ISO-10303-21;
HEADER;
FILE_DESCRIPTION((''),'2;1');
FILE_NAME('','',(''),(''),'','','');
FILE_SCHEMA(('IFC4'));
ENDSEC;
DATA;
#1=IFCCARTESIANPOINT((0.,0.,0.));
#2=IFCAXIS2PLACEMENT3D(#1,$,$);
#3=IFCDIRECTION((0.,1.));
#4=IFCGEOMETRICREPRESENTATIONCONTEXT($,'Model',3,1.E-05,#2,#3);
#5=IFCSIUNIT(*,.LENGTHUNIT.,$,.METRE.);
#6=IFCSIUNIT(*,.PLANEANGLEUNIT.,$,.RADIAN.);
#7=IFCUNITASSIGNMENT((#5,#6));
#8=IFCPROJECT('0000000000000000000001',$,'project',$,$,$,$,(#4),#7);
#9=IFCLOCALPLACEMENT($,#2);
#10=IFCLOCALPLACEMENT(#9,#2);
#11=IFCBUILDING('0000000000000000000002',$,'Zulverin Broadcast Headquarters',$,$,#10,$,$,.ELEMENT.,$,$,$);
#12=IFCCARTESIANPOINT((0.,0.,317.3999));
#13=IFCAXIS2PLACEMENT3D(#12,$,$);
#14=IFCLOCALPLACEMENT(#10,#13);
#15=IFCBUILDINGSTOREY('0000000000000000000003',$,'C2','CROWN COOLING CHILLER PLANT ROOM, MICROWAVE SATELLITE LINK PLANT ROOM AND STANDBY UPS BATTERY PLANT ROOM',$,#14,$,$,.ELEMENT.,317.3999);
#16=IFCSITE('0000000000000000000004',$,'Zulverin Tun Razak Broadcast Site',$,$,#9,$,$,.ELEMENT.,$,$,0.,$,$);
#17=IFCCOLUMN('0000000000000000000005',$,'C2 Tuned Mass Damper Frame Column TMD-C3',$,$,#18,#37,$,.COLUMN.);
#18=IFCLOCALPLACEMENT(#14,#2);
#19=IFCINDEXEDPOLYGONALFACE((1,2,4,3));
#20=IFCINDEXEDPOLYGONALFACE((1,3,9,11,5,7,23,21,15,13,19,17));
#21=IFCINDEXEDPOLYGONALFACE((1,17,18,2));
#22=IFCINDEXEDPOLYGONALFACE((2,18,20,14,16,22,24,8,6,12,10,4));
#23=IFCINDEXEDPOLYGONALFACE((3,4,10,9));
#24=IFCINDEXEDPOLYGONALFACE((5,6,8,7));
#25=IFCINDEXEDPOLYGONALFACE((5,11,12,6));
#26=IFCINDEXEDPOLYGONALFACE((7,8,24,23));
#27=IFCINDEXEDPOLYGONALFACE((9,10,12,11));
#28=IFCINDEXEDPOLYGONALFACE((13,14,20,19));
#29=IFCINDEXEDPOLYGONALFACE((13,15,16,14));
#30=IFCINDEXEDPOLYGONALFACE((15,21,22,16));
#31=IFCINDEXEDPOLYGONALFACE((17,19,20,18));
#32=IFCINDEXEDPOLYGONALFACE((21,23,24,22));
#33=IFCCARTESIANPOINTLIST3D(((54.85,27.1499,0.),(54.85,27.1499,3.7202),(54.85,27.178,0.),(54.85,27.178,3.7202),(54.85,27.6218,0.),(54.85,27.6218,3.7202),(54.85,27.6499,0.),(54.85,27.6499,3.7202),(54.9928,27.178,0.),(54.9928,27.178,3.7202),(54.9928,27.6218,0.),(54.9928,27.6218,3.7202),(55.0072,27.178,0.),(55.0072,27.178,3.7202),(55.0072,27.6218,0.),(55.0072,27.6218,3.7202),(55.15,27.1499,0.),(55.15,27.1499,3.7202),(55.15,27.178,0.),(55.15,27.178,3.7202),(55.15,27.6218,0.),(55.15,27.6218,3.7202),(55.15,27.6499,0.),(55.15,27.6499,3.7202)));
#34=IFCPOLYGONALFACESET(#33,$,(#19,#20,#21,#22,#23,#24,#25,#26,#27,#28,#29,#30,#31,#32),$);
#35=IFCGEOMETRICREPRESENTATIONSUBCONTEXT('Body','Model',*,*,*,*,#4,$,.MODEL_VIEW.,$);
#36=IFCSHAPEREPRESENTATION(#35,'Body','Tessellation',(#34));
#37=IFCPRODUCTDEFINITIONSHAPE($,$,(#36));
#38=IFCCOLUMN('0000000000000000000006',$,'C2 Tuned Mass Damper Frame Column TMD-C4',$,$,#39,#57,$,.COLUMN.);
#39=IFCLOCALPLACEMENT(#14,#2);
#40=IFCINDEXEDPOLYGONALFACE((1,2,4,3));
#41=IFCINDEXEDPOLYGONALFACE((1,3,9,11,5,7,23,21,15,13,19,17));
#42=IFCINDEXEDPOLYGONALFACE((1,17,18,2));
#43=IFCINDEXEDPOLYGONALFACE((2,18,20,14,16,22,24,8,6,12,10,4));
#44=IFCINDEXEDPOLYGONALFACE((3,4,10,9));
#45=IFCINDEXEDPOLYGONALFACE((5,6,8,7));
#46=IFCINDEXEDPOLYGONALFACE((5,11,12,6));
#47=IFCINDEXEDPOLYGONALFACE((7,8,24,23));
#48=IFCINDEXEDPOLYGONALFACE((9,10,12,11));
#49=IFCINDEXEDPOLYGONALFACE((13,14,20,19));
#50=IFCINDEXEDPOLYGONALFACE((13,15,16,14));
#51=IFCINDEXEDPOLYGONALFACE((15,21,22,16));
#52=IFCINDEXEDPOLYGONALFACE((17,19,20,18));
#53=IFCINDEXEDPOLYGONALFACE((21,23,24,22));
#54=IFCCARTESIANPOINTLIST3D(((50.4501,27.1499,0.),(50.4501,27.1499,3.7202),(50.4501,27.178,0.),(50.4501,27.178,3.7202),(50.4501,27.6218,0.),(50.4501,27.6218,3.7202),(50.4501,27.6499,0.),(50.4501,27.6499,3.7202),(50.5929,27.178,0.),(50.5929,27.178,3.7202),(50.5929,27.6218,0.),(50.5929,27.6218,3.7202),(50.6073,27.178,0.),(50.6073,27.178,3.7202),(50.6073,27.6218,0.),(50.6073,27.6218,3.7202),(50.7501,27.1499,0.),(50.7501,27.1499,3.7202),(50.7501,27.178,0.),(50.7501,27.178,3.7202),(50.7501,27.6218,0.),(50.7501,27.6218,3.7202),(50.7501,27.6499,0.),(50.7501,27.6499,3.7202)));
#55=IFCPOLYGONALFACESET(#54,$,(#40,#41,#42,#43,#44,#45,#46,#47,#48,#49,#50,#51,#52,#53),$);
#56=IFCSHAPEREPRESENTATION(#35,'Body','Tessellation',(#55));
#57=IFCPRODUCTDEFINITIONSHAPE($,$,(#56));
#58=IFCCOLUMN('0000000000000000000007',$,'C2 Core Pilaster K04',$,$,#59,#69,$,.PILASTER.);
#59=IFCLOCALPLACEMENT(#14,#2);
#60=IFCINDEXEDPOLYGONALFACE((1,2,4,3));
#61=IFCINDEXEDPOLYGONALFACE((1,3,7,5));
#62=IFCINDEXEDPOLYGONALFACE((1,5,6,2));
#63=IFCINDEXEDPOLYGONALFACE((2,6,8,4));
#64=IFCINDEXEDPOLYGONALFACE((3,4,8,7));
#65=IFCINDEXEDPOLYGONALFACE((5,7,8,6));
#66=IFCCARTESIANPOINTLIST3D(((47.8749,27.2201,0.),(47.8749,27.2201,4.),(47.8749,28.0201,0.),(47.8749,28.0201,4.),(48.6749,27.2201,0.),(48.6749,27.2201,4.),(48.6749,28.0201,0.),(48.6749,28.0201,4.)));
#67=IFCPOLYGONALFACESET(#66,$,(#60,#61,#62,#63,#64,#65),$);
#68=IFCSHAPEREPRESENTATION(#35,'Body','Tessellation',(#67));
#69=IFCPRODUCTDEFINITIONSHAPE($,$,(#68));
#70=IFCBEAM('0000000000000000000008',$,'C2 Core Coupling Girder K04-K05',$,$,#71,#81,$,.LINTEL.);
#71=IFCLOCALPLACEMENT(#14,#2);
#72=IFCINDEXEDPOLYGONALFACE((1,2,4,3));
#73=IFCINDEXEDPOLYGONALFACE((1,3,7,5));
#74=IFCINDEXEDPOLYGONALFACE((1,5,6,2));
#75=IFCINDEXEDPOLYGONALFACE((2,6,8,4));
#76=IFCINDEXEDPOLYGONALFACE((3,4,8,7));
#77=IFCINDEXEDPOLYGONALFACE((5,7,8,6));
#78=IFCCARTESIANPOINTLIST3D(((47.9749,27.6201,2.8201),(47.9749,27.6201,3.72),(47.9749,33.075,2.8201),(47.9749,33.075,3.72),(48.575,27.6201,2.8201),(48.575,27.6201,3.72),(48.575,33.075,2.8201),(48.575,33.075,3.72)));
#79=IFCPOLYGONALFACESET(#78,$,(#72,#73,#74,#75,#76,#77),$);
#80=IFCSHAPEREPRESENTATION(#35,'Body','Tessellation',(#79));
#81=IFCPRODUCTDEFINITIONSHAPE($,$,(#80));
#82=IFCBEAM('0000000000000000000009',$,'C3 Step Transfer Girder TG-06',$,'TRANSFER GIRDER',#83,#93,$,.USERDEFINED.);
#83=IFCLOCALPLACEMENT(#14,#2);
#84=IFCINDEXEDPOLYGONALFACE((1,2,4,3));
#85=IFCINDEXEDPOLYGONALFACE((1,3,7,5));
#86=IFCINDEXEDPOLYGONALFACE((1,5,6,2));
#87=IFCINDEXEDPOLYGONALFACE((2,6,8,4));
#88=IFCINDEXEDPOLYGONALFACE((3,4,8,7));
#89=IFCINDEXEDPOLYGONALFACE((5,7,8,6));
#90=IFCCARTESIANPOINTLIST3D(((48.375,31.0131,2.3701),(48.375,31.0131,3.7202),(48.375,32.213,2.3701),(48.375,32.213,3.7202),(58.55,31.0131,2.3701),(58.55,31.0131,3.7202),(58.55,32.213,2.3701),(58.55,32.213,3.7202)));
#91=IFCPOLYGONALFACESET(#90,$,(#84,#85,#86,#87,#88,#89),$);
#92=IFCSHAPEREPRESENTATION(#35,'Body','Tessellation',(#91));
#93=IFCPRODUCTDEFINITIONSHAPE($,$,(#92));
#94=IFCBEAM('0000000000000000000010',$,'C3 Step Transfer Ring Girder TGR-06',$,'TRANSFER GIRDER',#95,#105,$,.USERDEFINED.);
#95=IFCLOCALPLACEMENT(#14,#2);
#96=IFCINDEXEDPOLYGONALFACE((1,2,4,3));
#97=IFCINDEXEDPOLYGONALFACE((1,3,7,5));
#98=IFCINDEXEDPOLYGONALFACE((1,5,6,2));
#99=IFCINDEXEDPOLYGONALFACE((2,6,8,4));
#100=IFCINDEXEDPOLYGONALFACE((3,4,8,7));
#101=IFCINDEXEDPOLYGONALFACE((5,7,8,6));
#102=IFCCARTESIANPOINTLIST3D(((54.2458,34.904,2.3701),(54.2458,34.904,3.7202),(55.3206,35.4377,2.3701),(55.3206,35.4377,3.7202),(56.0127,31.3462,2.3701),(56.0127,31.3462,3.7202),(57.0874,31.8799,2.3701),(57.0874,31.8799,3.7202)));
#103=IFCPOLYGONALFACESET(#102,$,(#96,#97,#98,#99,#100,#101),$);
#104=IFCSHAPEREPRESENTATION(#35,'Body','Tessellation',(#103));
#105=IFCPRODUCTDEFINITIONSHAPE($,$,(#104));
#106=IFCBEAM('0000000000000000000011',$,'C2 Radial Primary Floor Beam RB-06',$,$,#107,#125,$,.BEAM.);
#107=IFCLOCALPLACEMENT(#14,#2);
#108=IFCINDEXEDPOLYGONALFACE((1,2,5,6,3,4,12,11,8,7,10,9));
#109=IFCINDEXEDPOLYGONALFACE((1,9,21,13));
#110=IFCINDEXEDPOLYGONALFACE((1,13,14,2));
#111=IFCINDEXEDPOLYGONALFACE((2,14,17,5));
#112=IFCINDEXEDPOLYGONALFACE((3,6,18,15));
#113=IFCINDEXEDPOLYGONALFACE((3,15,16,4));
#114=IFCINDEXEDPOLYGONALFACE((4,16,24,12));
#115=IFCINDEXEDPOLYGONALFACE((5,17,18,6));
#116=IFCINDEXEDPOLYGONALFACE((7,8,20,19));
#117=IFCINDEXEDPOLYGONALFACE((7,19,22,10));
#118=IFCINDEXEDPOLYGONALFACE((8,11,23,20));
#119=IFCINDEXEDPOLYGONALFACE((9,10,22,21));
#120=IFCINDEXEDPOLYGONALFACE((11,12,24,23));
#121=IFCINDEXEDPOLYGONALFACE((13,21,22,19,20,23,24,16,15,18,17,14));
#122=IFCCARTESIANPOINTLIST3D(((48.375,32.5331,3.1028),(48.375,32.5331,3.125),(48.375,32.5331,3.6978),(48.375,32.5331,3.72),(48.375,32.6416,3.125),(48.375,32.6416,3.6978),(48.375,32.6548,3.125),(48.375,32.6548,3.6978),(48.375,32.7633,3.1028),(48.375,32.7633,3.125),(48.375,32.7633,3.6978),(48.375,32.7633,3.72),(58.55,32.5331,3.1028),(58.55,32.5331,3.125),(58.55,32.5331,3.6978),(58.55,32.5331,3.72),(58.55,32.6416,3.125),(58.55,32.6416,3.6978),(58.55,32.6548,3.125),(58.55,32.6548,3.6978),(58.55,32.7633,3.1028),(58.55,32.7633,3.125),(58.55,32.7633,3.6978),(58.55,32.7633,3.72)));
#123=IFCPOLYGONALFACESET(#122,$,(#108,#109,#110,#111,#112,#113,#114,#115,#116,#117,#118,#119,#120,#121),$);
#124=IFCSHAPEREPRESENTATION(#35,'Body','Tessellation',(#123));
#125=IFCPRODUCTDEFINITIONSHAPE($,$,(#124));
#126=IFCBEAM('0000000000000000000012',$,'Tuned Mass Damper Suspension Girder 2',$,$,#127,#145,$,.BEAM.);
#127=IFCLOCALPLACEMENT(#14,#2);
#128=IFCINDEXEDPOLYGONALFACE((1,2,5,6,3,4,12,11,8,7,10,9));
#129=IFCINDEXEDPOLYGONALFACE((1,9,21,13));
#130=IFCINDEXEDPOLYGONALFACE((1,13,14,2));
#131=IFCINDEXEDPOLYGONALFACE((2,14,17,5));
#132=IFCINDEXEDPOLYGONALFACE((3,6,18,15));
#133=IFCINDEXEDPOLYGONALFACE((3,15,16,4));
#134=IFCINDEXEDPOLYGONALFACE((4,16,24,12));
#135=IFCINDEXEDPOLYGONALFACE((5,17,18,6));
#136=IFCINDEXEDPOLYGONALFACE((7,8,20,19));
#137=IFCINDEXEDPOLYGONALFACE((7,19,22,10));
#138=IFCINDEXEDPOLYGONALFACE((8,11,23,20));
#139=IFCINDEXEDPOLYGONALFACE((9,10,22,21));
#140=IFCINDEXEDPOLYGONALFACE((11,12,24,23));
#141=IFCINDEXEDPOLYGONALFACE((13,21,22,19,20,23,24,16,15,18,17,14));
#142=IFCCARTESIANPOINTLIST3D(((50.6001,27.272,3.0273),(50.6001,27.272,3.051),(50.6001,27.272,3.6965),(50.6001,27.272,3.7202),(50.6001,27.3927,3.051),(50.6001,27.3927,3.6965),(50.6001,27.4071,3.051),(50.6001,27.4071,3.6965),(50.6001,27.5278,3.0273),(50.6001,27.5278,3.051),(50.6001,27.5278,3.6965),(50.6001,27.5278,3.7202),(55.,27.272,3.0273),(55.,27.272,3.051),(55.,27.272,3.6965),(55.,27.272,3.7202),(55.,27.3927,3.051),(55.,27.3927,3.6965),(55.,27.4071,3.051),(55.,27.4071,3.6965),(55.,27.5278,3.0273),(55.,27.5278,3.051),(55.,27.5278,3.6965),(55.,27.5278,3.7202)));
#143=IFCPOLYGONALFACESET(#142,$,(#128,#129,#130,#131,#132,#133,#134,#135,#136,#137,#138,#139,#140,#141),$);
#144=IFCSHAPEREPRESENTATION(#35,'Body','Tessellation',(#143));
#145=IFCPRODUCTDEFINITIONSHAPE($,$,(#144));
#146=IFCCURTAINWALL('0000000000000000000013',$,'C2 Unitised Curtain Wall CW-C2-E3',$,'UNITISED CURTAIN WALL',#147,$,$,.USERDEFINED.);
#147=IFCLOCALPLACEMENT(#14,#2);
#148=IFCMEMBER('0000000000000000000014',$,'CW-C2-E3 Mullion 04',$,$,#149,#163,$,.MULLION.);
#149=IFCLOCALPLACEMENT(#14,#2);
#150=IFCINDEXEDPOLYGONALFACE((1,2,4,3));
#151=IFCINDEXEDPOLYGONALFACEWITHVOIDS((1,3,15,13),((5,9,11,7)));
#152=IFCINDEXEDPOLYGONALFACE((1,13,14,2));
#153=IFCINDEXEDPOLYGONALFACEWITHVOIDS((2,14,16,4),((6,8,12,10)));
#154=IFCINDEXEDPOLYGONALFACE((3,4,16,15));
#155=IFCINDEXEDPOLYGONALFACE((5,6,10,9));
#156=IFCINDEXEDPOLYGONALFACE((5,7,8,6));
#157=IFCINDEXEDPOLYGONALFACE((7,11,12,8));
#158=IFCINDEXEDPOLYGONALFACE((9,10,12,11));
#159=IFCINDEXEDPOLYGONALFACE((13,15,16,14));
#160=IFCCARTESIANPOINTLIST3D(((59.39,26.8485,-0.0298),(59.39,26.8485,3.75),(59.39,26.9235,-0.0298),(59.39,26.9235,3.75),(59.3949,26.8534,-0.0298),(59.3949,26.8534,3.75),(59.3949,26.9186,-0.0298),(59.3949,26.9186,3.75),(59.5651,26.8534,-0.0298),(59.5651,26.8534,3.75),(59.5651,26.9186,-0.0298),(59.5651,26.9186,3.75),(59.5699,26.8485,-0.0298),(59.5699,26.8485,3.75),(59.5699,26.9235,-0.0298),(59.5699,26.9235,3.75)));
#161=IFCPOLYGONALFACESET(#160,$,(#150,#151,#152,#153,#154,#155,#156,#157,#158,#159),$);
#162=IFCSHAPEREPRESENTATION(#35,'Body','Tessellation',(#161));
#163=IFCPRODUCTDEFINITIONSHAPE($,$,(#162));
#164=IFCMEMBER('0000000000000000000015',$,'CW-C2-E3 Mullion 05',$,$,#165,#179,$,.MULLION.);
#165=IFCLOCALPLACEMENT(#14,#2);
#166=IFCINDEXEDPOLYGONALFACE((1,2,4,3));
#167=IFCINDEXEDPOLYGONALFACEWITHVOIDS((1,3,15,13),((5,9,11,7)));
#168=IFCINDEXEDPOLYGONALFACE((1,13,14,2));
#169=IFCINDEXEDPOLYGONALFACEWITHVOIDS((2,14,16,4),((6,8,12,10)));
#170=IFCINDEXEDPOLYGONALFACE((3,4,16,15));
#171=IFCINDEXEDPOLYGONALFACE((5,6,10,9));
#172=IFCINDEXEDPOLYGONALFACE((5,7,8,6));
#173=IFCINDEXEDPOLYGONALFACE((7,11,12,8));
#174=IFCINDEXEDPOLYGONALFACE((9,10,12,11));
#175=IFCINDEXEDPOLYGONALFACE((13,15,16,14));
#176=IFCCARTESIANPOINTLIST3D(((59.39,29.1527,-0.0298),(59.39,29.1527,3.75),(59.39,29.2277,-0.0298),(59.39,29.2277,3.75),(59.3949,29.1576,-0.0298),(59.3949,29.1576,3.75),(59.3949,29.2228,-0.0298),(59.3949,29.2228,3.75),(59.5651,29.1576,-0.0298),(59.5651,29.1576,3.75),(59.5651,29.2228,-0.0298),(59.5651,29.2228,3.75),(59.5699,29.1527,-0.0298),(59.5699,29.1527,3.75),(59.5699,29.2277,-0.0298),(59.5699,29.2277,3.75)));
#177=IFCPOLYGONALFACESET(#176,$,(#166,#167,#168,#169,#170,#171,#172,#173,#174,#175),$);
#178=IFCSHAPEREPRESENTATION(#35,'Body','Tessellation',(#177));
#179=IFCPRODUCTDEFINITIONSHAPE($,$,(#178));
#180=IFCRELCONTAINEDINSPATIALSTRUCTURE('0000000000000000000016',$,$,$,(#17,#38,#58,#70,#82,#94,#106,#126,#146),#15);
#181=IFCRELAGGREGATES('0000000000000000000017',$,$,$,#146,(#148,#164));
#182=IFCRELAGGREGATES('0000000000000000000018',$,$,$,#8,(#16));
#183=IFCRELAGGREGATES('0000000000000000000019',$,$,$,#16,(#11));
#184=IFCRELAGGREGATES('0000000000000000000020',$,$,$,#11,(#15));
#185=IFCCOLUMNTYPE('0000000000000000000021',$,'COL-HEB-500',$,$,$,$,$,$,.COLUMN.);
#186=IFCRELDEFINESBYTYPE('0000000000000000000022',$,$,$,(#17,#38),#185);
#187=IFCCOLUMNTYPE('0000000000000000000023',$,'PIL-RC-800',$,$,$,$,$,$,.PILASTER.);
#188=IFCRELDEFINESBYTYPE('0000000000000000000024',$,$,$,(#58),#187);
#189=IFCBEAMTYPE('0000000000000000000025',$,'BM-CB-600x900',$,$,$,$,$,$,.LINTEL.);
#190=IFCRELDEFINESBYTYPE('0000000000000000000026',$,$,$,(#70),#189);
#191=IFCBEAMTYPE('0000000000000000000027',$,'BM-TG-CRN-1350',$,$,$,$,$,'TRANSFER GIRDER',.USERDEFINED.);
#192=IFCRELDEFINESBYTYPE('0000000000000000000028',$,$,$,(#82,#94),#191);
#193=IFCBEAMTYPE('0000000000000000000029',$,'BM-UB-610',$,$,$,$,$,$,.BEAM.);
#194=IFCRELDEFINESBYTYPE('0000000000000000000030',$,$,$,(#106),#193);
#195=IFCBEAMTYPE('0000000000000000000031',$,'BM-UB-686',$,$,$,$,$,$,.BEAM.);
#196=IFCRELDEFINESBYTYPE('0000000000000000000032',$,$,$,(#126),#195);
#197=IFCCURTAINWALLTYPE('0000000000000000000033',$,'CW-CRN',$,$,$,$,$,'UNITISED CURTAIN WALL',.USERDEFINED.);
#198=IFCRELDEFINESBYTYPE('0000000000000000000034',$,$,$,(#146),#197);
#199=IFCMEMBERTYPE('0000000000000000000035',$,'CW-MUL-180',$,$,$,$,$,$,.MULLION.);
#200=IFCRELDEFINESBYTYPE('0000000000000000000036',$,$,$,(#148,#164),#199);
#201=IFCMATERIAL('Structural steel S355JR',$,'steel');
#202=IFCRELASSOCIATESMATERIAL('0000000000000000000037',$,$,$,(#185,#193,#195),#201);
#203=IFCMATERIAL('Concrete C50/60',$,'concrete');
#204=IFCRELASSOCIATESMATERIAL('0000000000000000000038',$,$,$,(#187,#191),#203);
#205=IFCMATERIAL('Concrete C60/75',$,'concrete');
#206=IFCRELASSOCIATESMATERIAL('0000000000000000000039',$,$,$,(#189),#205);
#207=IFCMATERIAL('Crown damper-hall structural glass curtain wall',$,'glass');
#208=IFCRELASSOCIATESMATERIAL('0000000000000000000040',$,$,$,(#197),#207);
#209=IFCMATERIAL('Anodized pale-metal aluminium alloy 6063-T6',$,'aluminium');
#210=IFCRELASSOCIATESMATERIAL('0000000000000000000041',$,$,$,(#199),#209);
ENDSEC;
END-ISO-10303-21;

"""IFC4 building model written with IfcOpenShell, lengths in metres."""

from ifc_helpers import new_model, si_unit, direction, frame, origin, origin_2d, place, context, subcontext, project, spatial, rectangle, hollow_rectangle, i_section, extrude, material, material_profile, profile_set, type_object, element, aggregate, save


model = new_model("IFC4")

# Units and contexts
model_context = context("Model", 3, precision=1e-05, world=origin(), true_north=direction((0.0, 1.0)))
body_context = subcontext(model_context, "Body", "Model", "MODEL_VIEW")
ifc_project = project(units=[si_unit("LENGTHUNIT", "METRE"), si_unit("PLANEANGLEUNIT", "RADIAN")], contexts=[model_context])

# Site, building, storey
site_placement = place(None, origin())
site = spatial("IfcSite", under=ifc_project, at=site_placement, Name="Zulverin Tun Razak Broadcast Site", CompositionType="ELEMENT", RefElevation=0.0)
building_placement = place(site_placement, origin())
building = spatial("IfcBuilding", under=site, at=building_placement, Name="Zulverin Broadcast Headquarters", CompositionType="ELEMENT")
storey_placement = place(building_placement, frame((0.0, 0.0, 317.3999)))
storey = spatial("IfcBuildingStorey", under=building, at=storey_placement, Name="C2", Description="CROWN COOLING CHILLER PLANT ROOM, MICROWAVE SATELLITE LINK PLANT ROOM AND STANDBY UPS BATTERY PLANT ROOM", CompositionType="ELEMENT", Elevation=317.3999)

# Columns
ifc_material_1 = material(Name="Structural steel S355JR", Category="steel")
ifc_material_profile_1 = material_profile(ifc_material_1, i_section(OverallWidth=0.3, OverallDepth=0.5, WebThickness=0.0144, FlangeThickness=0.0281, at=origin_2d()), Name="Structural steel S355JR", Category="steel")
ifc_profile_set_1 = profile_set([ifc_material_profile_1], Name="Structural steel S355JR")
column_type_1 = type_object("IfcColumnType", Name="COL-HEB-500", PredefinedType="COLUMN", material=ifc_profile_set_1)
for number, where, z_axis, x_axis, name in (
    (1, (55.0, 27.3999, 0.0), (0.0, 0.0, 1.0), (1.0, 0.0, 0.0), "C2 Tuned Mass Damper Frame Column TMD-C3"),
    (2, (50.6001, 27.3999, 0.0), (0.0, 0.0, 1.0), (1.0, 0.0, 0.0), "C2 Tuned Mass Damper Frame Column TMD-C4"),
):
    element("IfcColumn", number, at=place(storey_placement, frame(where, z_axis=z_axis, x_axis=x_axis)), inside=storey, type_object=column_type_1, Name=name, PredefinedType="COLUMN", context=body_context, shape_type="SweptSolid", body=[
        extrude(i_section(OverallWidth=0.3, OverallDepth=0.5, WebThickness=0.0144, FlangeThickness=0.0281, at=origin_2d()), origin(), (0.0, 0.0, 1.0), 3.7202),
    ])
ifc_material_2 = material(Name="Concrete C50/60", Category="concrete")
ifc_material_profile_2 = material_profile(ifc_material_2, rectangle(XDim=0.8, YDim=0.8, at=origin_2d()), Name="Concrete C50/60", Category="concrete")
ifc_profile_set_2 = profile_set([ifc_material_profile_2], Name="Concrete C50/60")
column_type_2 = type_object("IfcColumnType", Name="PIL-RC-800", PredefinedType="PILASTER", material=ifc_profile_set_2)
column_placement = place(storey_placement, frame((48.2749, 27.6201, 0.0), z_axis=(0.0, 0.0, 1.0), x_axis=(1.0, 0.0, 0.0)))
element("IfcColumn", 3, at=column_placement, inside=storey, type_object=column_type_2, Name="C2 Core Pilaster K04", PredefinedType="PILASTER", context=body_context, shape_type="SweptSolid", body=[
    extrude(rectangle(XDim=0.8, YDim=0.8, at=origin_2d()), origin(), (0.0, 0.0, 1.0), 4.0),
])

# Beams
ifc_material_3 = material(Name="Concrete C60/75", Category="concrete")
ifc_material_profile_3 = material_profile(ifc_material_3, rectangle(XDim=0.6001, YDim=0.8999, at=origin_2d()), Name="Concrete C60/75", Category="concrete")
ifc_profile_set_3 = profile_set([ifc_material_profile_3], Name="Concrete C60/75")
beam_type_1 = type_object("IfcBeamType", Name="BM-CB-600x900", PredefinedType="LINTEL", material=ifc_profile_set_3)
beam_1_placement = place(storey_placement, frame((48.2749, 27.6201, 3.27), z_axis=(0.0, 1.0, 0.0), x_axis=(-1.0, 0.0, 0.0)))
element("IfcBeam", 4, at=beam_1_placement, inside=storey, type_object=beam_type_1, Name="C2 Core Coupling Girder K04-K05", PredefinedType="LINTEL", context=body_context, shape_type="SweptSolid", body=[
    extrude(rectangle(XDim=0.6001, YDim=0.8999, at=origin_2d()), origin(), (0.0, 0.0, 1.0), 5.4548),
])
ifc_material_profile_4 = material_profile(ifc_material_2, rectangle(XDim=1.2, YDim=1.3501, at=origin_2d()), Name="Concrete C50/60", Category="concrete")
ifc_profile_set_4 = profile_set([ifc_material_profile_4], Name="Concrete C50/60")
beam_type_2 = type_object("IfcBeamType", Name="BM-TG-CRN-1350", ElementType="TRANSFER GIRDER", PredefinedType="USERDEFINED", material=ifc_profile_set_4)
beam_2_placement = place(storey_placement, frame((48.375, 31.613, 3.0452), z_axis=(1.0, 0.0, 0.0), x_axis=(0.0, 1.0, 0.0)))
element("IfcBeam", 5, at=beam_2_placement, inside=storey, type_object=beam_type_2, Name="C3 Step Transfer Girder TG-06", ObjectType="TRANSFER GIRDER", PredefinedType="USERDEFINED", context=body_context, shape_type="SweptSolid", body=[
    extrude(rectangle(XDim=1.2, YDim=1.3501, at=origin_2d()), origin(), (0.0, 0.0, 1.0), 10.175),
])
beam_3_placement = place(storey_placement, frame((56.55, 31.613, 3.0452), z_axis=(-0.444778, 0.895641, 0.0), x_axis=(-0.895641, -0.444778, 0.0)))
element("IfcBeam", 6, at=beam_3_placement, inside=storey, type_object=beam_type_2, Name="C3 Step Transfer Ring Girder TGR-06", ObjectType="TRANSFER GIRDER", PredefinedType="USERDEFINED", context=body_context, shape_type="SweptSolid", body=[
    extrude(rectangle(XDim=1.2, YDim=1.3501, at=origin_2d()), origin(), (0.0, 0.0, 1.0), 3.9724),
])
ifc_material_profile_5 = material_profile(ifc_material_1, i_section(OverallWidth=0.2302, OverallDepth=0.6172, WebThickness=0.0132, FlangeThickness=0.0222, at=origin_2d()), Name="Structural steel S355JR", Category="steel")
ifc_profile_set_5 = profile_set([ifc_material_profile_5], Name="Structural steel S355JR")
beam_type_3 = type_object("IfcBeamType", Name="BM-UB-610", PredefinedType="BEAM", material=ifc_profile_set_5)
beam_4_placement = place(storey_placement, frame((48.375, 32.6482, 3.4114), z_axis=(1.0, 0.0, 0.0), x_axis=(0.0, 1.0, 0.0)))
element("IfcBeam", 7, at=beam_4_placement, inside=storey, type_object=beam_type_3, Name="C2 Radial Primary Floor Beam RB-06", PredefinedType="BEAM", context=body_context, shape_type="SweptSolid", body=[
    extrude(i_section(OverallWidth=0.2302, OverallDepth=0.6172, WebThickness=0.0132, FlangeThickness=0.0222, at=origin_2d()), origin(), (0.0, 0.0, 1.0), 10.175),
])
ifc_material_profile_6 = material_profile(ifc_material_1, i_section(OverallWidth=0.2559, OverallDepth=0.6929, WebThickness=0.0144, FlangeThickness=0.0237, at=origin_2d()), Name="Structural steel S355JR", Category="steel")
ifc_profile_set_6 = profile_set([ifc_material_profile_6], Name="Structural steel S355JR")
beam_type_4 = type_object("IfcBeamType", Name="BM-UB-686", PredefinedType="BEAM", material=ifc_profile_set_6)
beam_5_placement = place(storey_placement, frame((50.6001, 27.3999, 3.3738), z_axis=(1.0, 0.0, 0.0), x_axis=(0.0, 1.0, 0.0)))
element("IfcBeam", 8, at=beam_5_placement, inside=storey, type_object=beam_type_4, Name="Tuned Mass Damper Suspension Girder 2", PredefinedType="BEAM", context=body_context, shape_type="SweptSolid", body=[
    extrude(i_section(OverallWidth=0.2559, OverallDepth=0.6929, WebThickness=0.0144, FlangeThickness=0.0237, at=origin_2d()), origin(), (0.0, 0.0, 1.0), 4.3999),
])

# Curtain wall, members
ifc_material_4 = material(Name="Crown damper-hall structural glass curtain wall", Category="glass")
curtain_wall_type = type_object("IfcCurtainWallType", Name="CW-CRN", ElementType="UNITISED CURTAIN WALL", PredefinedType="USERDEFINED", material=ifc_material_4)
curtain_wall_placement = place(storey_placement, origin())
curtain_wall = element("IfcCurtainWall", 9, at=curtain_wall_placement, inside=storey, type_object=curtain_wall_type, Name="C2 Unitised Curtain Wall CW-C2-E3", ObjectType="UNITISED CURTAIN WALL", PredefinedType="USERDEFINED")
ifc_material_5 = material(Name="Anodized pale-metal aluminium alloy 6063-T6", Category="aluminium")
ifc_material_profile_7 = material_profile(ifc_material_5, hollow_rectangle(XDim=0.075, YDim=0.1799, WallThickness=0.0049, at=origin_2d()), Name="Anodized pale-metal aluminium alloy 6063-T6", Category="aluminium")
ifc_profile_set_7 = profile_set([ifc_material_profile_7], Name="Anodized pale-metal aluminium alloy 6063-T6")
member_type = type_object("IfcMemberType", Name="CW-MUL-180", PredefinedType="MULLION", material=ifc_profile_set_7)
member_1_placement = place(storey_placement, frame((59.48, 26.886, -0.0298), z_axis=(0.0, 0.0, 1.0), x_axis=(0.0, 1.0, 0.0)))
member_1 = element("IfcMember", 10, at=member_1_placement, type_object=member_type, Name="CW-C2-E3 Mullion 04", PredefinedType="MULLION", context=body_context, shape_type="SweptSolid", body=[
    extrude(hollow_rectangle(XDim=0.075, YDim=0.1799, WallThickness=0.0049, at=origin_2d()), origin(), (0.0, 0.0, 1.0), 3.7798),
])
member_2_placement = place(storey_placement, frame((59.48, 29.1902, -0.0298), z_axis=(0.0, 0.0, 1.0), x_axis=(0.0, 1.0, 0.0)))
member_2 = element("IfcMember", 11, at=member_2_placement, type_object=member_type, Name="CW-C2-E3 Mullion 05", PredefinedType="MULLION", context=body_context, shape_type="SweptSolid", body=[
    extrude(hollow_rectangle(XDim=0.075, YDim=0.1799, WallThickness=0.0049, at=origin_2d()), origin(), (0.0, 0.0, 1.0), 3.7798),
])
aggregate(curtain_wall, [member_1, member_2])

save(model, "model.ifc")
